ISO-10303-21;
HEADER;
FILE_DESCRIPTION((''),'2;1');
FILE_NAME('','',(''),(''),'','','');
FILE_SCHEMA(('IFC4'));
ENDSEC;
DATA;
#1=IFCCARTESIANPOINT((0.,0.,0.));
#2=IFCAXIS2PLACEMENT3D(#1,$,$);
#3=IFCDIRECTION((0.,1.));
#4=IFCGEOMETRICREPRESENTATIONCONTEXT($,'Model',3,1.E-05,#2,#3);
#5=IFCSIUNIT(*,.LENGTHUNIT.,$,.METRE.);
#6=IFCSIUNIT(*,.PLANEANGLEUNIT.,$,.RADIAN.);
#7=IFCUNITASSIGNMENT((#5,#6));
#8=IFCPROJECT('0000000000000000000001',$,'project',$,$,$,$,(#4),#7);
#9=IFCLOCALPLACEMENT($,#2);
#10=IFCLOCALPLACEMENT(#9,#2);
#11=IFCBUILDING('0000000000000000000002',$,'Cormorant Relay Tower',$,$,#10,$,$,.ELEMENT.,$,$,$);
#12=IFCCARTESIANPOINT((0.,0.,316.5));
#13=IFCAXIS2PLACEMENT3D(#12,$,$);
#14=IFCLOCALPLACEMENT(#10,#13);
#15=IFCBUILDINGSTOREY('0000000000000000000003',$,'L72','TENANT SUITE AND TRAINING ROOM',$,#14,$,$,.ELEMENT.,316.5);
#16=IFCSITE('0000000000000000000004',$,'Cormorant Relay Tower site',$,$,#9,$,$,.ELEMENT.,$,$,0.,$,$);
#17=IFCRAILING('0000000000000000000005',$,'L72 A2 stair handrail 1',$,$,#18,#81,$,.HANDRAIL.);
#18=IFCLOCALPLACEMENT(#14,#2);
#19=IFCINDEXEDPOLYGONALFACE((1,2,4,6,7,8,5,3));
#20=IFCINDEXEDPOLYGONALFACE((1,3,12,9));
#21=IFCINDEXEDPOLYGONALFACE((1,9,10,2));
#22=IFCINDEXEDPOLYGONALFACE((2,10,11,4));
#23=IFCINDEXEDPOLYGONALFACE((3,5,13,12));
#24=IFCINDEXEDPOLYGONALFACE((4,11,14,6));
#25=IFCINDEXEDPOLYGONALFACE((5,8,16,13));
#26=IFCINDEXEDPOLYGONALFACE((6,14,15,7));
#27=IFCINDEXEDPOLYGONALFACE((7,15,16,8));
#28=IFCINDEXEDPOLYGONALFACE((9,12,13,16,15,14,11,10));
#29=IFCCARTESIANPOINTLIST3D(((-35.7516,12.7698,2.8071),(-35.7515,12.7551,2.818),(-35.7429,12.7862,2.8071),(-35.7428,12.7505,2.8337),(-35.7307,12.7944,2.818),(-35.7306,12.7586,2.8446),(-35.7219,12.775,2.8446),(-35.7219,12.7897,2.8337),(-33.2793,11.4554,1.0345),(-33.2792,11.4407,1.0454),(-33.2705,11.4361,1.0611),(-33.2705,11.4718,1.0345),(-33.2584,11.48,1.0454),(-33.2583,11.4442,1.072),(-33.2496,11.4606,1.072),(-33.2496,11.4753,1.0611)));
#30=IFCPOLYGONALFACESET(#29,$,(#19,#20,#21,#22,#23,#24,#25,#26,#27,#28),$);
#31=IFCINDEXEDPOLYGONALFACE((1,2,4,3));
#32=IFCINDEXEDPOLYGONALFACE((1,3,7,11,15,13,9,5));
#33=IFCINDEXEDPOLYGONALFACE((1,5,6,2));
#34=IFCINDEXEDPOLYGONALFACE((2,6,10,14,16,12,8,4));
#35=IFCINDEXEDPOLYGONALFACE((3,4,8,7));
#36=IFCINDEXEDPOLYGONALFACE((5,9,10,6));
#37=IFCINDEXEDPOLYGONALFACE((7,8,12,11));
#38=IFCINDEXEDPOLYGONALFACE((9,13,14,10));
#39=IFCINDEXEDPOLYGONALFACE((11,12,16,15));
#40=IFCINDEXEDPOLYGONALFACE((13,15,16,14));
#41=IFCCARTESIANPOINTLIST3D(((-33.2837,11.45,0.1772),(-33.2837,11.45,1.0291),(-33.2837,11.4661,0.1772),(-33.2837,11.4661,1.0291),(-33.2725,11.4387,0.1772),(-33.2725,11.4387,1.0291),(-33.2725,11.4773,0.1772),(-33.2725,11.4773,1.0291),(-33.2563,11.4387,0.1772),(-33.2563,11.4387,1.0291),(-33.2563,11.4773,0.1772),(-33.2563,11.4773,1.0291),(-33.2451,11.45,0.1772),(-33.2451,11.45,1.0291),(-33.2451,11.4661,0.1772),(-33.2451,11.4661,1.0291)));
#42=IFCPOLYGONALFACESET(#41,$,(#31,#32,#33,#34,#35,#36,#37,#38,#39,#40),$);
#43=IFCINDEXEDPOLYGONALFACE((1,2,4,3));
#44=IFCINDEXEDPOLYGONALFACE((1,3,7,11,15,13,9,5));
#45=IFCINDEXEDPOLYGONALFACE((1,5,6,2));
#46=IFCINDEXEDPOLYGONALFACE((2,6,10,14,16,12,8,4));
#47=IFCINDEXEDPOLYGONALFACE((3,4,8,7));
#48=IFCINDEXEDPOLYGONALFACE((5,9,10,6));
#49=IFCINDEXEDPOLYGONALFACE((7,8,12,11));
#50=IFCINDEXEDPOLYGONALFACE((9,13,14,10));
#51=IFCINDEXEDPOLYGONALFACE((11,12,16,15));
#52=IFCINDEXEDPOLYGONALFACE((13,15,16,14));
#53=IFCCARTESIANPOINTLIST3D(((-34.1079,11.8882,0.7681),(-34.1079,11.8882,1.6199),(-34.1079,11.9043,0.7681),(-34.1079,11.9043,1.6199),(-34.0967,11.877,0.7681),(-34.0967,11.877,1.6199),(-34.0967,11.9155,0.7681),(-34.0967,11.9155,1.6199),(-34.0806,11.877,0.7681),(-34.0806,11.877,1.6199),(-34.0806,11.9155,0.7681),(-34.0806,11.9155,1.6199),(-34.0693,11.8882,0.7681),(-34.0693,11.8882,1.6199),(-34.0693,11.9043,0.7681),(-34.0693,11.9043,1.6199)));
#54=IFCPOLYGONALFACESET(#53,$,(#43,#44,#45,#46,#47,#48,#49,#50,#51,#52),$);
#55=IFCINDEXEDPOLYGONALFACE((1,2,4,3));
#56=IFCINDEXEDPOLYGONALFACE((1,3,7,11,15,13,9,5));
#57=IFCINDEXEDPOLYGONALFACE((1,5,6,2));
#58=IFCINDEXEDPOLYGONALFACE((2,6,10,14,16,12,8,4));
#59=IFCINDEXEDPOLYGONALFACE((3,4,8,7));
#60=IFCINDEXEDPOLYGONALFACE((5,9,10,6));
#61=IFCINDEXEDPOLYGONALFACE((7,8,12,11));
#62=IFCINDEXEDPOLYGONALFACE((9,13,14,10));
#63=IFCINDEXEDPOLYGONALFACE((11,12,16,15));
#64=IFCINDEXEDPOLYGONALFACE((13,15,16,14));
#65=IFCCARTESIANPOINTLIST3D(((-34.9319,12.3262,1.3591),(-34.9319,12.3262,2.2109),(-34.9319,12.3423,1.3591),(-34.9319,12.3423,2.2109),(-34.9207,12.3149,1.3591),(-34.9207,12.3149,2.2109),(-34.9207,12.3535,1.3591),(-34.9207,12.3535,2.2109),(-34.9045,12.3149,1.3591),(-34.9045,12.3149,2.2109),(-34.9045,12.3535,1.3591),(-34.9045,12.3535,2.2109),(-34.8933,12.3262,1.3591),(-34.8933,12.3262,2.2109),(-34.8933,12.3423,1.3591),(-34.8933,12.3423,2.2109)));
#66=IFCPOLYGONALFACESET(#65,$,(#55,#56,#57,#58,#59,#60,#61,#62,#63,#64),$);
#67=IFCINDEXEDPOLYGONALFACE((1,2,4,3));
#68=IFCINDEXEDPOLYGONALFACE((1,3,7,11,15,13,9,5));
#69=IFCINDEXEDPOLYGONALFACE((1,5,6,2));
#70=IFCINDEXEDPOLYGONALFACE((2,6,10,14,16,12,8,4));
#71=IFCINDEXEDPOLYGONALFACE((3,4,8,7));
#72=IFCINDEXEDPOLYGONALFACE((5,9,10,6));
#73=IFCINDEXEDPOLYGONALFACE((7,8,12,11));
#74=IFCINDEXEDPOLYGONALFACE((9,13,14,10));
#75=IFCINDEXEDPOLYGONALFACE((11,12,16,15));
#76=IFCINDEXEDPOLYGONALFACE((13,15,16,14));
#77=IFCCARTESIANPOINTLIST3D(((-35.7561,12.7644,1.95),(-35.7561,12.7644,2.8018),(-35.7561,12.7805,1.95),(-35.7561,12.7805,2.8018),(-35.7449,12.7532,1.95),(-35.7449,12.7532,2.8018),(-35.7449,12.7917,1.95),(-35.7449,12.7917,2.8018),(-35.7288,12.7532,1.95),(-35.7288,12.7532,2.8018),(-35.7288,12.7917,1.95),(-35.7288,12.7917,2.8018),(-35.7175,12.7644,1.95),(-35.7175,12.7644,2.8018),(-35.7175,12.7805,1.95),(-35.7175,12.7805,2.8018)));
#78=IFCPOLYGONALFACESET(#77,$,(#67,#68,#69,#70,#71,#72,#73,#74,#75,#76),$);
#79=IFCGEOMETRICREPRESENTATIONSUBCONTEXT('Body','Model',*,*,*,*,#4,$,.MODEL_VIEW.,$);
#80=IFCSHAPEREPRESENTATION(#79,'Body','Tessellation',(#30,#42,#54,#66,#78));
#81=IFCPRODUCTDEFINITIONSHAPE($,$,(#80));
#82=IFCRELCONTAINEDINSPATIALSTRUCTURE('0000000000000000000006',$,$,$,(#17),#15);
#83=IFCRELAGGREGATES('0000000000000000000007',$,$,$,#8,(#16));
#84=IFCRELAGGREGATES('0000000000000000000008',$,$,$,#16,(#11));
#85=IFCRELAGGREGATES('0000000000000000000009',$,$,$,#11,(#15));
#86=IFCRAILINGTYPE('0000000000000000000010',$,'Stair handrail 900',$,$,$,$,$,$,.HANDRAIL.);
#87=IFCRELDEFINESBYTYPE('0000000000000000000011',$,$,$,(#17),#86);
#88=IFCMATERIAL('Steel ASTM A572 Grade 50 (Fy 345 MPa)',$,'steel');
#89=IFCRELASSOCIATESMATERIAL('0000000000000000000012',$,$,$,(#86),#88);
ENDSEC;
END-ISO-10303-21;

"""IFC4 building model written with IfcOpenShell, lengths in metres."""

from ifc_helpers import new_model, si_unit, direction, frame, origin, place, context, subcontext, project, spatial, polyline, outline, extrude, material, type_object, element, save


model = new_model("IFC4")

# Units and contexts
model_context = context("Model", 3, precision=1e-05, world=origin(), true_north=direction((0.0, 1.0)))
body_context = subcontext(model_context, "Body", "Model", "MODEL_VIEW")
ifc_project = project(units=[si_unit("LENGTHUNIT", "METRE"), si_unit("PLANEANGLEUNIT", "RADIAN")], contexts=[model_context])

# Site, building, storey
site_placement = place(None, origin())
site = spatial("IfcSite", under=ifc_project, at=site_placement, Name="Cormorant Relay Tower site", CompositionType="ELEMENT", RefElevation=0.0)
building_placement = place(site_placement, origin())
building = spatial("IfcBuilding", under=site, at=building_placement, Name="Cormorant Relay Tower", CompositionType="ELEMENT")
storey_placement = place(building_placement, frame((0.0, 0.0, 316.5)))
storey = spatial("IfcBuildingStorey", under=building, at=storey_placement, Name="L72", Description="TENANT SUITE AND TRAINING ROOM", CompositionType="ELEMENT", Elevation=316.5)

# Railing
ifc_material_1 = material(Name="Steel ASTM A572 Grade 50 (Fy 345 MPa)", Category="steel")
railing_type_1 = type_object("IfcRailingType", Name="Stair handrail 900", PredefinedType="HANDRAIL", material=ifc_material_1)
railing_1_placement = place(storey_placement, frame((-33.2644, 11.458, 0.1772)))
element("IfcRailing", 1, at=railing_1_placement, inside=storey, type_object=railing_type_1, Name="L72 A2 stair handrail 1", PredefinedType="HANDRAIL", context=body_context, shape_type="SweptSolid", body=[
    extrude(outline(polyline([(0.0222, 0.0093), (0.0093, 0.0222), (-0.0093, 0.0222), (-0.0222, 0.0093), (-0.0222, -0.0093), (-0.0093, -0.0222), (0.0093, -0.0222), (0.0222, -0.0093), (0.0222, 0.0093)])), frame((0.0, 0.0, 0.876), z_axis=(-0.746034, 0.396627, 0.534902), x_axis=(-0.469429, -0.88297, 0.0)), (0.0, 0.0, 1.0), 3.314),
    extrude(outline(polyline([(0.0193, 0.0081), (0.0081, 0.0193), (-0.0081, 0.0193), (-0.0193, 0.0081), (-0.0193, -0.0081), (-0.0081, -0.0193), (0.0081, -0.0193), (0.0193, -0.0081), (0.0193, 0.0081)])), origin(), (0.0, 0.0, 1.0), 0.8518),
    extrude(outline(polyline([(0.0193, 0.0081), (0.0081, 0.0193), (-0.0081, 0.0193), (-0.0193, 0.0081), (-0.0193, -0.0081), (-0.0081, -0.0193), (0.0081, -0.0193), (0.0193, -0.0081), (0.0193, 0.0081)])), frame((-0.8242, 0.4382, 0.5908)), (0.0, 0.0, 1.0), 0.8518),
    extrude(outline(polyline([(0.0193, 0.0081), (0.0081, 0.0193), (-0.0081, 0.0193), (-0.0193, 0.0081), (-0.0193, -0.0081), (-0.0081, -0.0193), (0.0081, -0.0193), (0.0193, -0.0081), (0.0193, 0.0081)])), frame((-1.6482, 0.8762, 1.1819)), (0.0, 0.0, 1.0), 0.8518),
    extrude(outline(polyline([(0.0193, 0.0081), (0.0081, 0.0193), (-0.0081, 0.0193), (-0.0193, 0.0081), (-0.0193, -0.0081), (-0.0081, -0.0193), (0.0081, -0.0193), (0.0193, -0.0081), (0.0193, 0.0081)])), frame((-2.4724, 1.3145, 1.7727)), (0.0, 0.0, 1.0), 0.8518),
])

save(model, "model.ifc")
